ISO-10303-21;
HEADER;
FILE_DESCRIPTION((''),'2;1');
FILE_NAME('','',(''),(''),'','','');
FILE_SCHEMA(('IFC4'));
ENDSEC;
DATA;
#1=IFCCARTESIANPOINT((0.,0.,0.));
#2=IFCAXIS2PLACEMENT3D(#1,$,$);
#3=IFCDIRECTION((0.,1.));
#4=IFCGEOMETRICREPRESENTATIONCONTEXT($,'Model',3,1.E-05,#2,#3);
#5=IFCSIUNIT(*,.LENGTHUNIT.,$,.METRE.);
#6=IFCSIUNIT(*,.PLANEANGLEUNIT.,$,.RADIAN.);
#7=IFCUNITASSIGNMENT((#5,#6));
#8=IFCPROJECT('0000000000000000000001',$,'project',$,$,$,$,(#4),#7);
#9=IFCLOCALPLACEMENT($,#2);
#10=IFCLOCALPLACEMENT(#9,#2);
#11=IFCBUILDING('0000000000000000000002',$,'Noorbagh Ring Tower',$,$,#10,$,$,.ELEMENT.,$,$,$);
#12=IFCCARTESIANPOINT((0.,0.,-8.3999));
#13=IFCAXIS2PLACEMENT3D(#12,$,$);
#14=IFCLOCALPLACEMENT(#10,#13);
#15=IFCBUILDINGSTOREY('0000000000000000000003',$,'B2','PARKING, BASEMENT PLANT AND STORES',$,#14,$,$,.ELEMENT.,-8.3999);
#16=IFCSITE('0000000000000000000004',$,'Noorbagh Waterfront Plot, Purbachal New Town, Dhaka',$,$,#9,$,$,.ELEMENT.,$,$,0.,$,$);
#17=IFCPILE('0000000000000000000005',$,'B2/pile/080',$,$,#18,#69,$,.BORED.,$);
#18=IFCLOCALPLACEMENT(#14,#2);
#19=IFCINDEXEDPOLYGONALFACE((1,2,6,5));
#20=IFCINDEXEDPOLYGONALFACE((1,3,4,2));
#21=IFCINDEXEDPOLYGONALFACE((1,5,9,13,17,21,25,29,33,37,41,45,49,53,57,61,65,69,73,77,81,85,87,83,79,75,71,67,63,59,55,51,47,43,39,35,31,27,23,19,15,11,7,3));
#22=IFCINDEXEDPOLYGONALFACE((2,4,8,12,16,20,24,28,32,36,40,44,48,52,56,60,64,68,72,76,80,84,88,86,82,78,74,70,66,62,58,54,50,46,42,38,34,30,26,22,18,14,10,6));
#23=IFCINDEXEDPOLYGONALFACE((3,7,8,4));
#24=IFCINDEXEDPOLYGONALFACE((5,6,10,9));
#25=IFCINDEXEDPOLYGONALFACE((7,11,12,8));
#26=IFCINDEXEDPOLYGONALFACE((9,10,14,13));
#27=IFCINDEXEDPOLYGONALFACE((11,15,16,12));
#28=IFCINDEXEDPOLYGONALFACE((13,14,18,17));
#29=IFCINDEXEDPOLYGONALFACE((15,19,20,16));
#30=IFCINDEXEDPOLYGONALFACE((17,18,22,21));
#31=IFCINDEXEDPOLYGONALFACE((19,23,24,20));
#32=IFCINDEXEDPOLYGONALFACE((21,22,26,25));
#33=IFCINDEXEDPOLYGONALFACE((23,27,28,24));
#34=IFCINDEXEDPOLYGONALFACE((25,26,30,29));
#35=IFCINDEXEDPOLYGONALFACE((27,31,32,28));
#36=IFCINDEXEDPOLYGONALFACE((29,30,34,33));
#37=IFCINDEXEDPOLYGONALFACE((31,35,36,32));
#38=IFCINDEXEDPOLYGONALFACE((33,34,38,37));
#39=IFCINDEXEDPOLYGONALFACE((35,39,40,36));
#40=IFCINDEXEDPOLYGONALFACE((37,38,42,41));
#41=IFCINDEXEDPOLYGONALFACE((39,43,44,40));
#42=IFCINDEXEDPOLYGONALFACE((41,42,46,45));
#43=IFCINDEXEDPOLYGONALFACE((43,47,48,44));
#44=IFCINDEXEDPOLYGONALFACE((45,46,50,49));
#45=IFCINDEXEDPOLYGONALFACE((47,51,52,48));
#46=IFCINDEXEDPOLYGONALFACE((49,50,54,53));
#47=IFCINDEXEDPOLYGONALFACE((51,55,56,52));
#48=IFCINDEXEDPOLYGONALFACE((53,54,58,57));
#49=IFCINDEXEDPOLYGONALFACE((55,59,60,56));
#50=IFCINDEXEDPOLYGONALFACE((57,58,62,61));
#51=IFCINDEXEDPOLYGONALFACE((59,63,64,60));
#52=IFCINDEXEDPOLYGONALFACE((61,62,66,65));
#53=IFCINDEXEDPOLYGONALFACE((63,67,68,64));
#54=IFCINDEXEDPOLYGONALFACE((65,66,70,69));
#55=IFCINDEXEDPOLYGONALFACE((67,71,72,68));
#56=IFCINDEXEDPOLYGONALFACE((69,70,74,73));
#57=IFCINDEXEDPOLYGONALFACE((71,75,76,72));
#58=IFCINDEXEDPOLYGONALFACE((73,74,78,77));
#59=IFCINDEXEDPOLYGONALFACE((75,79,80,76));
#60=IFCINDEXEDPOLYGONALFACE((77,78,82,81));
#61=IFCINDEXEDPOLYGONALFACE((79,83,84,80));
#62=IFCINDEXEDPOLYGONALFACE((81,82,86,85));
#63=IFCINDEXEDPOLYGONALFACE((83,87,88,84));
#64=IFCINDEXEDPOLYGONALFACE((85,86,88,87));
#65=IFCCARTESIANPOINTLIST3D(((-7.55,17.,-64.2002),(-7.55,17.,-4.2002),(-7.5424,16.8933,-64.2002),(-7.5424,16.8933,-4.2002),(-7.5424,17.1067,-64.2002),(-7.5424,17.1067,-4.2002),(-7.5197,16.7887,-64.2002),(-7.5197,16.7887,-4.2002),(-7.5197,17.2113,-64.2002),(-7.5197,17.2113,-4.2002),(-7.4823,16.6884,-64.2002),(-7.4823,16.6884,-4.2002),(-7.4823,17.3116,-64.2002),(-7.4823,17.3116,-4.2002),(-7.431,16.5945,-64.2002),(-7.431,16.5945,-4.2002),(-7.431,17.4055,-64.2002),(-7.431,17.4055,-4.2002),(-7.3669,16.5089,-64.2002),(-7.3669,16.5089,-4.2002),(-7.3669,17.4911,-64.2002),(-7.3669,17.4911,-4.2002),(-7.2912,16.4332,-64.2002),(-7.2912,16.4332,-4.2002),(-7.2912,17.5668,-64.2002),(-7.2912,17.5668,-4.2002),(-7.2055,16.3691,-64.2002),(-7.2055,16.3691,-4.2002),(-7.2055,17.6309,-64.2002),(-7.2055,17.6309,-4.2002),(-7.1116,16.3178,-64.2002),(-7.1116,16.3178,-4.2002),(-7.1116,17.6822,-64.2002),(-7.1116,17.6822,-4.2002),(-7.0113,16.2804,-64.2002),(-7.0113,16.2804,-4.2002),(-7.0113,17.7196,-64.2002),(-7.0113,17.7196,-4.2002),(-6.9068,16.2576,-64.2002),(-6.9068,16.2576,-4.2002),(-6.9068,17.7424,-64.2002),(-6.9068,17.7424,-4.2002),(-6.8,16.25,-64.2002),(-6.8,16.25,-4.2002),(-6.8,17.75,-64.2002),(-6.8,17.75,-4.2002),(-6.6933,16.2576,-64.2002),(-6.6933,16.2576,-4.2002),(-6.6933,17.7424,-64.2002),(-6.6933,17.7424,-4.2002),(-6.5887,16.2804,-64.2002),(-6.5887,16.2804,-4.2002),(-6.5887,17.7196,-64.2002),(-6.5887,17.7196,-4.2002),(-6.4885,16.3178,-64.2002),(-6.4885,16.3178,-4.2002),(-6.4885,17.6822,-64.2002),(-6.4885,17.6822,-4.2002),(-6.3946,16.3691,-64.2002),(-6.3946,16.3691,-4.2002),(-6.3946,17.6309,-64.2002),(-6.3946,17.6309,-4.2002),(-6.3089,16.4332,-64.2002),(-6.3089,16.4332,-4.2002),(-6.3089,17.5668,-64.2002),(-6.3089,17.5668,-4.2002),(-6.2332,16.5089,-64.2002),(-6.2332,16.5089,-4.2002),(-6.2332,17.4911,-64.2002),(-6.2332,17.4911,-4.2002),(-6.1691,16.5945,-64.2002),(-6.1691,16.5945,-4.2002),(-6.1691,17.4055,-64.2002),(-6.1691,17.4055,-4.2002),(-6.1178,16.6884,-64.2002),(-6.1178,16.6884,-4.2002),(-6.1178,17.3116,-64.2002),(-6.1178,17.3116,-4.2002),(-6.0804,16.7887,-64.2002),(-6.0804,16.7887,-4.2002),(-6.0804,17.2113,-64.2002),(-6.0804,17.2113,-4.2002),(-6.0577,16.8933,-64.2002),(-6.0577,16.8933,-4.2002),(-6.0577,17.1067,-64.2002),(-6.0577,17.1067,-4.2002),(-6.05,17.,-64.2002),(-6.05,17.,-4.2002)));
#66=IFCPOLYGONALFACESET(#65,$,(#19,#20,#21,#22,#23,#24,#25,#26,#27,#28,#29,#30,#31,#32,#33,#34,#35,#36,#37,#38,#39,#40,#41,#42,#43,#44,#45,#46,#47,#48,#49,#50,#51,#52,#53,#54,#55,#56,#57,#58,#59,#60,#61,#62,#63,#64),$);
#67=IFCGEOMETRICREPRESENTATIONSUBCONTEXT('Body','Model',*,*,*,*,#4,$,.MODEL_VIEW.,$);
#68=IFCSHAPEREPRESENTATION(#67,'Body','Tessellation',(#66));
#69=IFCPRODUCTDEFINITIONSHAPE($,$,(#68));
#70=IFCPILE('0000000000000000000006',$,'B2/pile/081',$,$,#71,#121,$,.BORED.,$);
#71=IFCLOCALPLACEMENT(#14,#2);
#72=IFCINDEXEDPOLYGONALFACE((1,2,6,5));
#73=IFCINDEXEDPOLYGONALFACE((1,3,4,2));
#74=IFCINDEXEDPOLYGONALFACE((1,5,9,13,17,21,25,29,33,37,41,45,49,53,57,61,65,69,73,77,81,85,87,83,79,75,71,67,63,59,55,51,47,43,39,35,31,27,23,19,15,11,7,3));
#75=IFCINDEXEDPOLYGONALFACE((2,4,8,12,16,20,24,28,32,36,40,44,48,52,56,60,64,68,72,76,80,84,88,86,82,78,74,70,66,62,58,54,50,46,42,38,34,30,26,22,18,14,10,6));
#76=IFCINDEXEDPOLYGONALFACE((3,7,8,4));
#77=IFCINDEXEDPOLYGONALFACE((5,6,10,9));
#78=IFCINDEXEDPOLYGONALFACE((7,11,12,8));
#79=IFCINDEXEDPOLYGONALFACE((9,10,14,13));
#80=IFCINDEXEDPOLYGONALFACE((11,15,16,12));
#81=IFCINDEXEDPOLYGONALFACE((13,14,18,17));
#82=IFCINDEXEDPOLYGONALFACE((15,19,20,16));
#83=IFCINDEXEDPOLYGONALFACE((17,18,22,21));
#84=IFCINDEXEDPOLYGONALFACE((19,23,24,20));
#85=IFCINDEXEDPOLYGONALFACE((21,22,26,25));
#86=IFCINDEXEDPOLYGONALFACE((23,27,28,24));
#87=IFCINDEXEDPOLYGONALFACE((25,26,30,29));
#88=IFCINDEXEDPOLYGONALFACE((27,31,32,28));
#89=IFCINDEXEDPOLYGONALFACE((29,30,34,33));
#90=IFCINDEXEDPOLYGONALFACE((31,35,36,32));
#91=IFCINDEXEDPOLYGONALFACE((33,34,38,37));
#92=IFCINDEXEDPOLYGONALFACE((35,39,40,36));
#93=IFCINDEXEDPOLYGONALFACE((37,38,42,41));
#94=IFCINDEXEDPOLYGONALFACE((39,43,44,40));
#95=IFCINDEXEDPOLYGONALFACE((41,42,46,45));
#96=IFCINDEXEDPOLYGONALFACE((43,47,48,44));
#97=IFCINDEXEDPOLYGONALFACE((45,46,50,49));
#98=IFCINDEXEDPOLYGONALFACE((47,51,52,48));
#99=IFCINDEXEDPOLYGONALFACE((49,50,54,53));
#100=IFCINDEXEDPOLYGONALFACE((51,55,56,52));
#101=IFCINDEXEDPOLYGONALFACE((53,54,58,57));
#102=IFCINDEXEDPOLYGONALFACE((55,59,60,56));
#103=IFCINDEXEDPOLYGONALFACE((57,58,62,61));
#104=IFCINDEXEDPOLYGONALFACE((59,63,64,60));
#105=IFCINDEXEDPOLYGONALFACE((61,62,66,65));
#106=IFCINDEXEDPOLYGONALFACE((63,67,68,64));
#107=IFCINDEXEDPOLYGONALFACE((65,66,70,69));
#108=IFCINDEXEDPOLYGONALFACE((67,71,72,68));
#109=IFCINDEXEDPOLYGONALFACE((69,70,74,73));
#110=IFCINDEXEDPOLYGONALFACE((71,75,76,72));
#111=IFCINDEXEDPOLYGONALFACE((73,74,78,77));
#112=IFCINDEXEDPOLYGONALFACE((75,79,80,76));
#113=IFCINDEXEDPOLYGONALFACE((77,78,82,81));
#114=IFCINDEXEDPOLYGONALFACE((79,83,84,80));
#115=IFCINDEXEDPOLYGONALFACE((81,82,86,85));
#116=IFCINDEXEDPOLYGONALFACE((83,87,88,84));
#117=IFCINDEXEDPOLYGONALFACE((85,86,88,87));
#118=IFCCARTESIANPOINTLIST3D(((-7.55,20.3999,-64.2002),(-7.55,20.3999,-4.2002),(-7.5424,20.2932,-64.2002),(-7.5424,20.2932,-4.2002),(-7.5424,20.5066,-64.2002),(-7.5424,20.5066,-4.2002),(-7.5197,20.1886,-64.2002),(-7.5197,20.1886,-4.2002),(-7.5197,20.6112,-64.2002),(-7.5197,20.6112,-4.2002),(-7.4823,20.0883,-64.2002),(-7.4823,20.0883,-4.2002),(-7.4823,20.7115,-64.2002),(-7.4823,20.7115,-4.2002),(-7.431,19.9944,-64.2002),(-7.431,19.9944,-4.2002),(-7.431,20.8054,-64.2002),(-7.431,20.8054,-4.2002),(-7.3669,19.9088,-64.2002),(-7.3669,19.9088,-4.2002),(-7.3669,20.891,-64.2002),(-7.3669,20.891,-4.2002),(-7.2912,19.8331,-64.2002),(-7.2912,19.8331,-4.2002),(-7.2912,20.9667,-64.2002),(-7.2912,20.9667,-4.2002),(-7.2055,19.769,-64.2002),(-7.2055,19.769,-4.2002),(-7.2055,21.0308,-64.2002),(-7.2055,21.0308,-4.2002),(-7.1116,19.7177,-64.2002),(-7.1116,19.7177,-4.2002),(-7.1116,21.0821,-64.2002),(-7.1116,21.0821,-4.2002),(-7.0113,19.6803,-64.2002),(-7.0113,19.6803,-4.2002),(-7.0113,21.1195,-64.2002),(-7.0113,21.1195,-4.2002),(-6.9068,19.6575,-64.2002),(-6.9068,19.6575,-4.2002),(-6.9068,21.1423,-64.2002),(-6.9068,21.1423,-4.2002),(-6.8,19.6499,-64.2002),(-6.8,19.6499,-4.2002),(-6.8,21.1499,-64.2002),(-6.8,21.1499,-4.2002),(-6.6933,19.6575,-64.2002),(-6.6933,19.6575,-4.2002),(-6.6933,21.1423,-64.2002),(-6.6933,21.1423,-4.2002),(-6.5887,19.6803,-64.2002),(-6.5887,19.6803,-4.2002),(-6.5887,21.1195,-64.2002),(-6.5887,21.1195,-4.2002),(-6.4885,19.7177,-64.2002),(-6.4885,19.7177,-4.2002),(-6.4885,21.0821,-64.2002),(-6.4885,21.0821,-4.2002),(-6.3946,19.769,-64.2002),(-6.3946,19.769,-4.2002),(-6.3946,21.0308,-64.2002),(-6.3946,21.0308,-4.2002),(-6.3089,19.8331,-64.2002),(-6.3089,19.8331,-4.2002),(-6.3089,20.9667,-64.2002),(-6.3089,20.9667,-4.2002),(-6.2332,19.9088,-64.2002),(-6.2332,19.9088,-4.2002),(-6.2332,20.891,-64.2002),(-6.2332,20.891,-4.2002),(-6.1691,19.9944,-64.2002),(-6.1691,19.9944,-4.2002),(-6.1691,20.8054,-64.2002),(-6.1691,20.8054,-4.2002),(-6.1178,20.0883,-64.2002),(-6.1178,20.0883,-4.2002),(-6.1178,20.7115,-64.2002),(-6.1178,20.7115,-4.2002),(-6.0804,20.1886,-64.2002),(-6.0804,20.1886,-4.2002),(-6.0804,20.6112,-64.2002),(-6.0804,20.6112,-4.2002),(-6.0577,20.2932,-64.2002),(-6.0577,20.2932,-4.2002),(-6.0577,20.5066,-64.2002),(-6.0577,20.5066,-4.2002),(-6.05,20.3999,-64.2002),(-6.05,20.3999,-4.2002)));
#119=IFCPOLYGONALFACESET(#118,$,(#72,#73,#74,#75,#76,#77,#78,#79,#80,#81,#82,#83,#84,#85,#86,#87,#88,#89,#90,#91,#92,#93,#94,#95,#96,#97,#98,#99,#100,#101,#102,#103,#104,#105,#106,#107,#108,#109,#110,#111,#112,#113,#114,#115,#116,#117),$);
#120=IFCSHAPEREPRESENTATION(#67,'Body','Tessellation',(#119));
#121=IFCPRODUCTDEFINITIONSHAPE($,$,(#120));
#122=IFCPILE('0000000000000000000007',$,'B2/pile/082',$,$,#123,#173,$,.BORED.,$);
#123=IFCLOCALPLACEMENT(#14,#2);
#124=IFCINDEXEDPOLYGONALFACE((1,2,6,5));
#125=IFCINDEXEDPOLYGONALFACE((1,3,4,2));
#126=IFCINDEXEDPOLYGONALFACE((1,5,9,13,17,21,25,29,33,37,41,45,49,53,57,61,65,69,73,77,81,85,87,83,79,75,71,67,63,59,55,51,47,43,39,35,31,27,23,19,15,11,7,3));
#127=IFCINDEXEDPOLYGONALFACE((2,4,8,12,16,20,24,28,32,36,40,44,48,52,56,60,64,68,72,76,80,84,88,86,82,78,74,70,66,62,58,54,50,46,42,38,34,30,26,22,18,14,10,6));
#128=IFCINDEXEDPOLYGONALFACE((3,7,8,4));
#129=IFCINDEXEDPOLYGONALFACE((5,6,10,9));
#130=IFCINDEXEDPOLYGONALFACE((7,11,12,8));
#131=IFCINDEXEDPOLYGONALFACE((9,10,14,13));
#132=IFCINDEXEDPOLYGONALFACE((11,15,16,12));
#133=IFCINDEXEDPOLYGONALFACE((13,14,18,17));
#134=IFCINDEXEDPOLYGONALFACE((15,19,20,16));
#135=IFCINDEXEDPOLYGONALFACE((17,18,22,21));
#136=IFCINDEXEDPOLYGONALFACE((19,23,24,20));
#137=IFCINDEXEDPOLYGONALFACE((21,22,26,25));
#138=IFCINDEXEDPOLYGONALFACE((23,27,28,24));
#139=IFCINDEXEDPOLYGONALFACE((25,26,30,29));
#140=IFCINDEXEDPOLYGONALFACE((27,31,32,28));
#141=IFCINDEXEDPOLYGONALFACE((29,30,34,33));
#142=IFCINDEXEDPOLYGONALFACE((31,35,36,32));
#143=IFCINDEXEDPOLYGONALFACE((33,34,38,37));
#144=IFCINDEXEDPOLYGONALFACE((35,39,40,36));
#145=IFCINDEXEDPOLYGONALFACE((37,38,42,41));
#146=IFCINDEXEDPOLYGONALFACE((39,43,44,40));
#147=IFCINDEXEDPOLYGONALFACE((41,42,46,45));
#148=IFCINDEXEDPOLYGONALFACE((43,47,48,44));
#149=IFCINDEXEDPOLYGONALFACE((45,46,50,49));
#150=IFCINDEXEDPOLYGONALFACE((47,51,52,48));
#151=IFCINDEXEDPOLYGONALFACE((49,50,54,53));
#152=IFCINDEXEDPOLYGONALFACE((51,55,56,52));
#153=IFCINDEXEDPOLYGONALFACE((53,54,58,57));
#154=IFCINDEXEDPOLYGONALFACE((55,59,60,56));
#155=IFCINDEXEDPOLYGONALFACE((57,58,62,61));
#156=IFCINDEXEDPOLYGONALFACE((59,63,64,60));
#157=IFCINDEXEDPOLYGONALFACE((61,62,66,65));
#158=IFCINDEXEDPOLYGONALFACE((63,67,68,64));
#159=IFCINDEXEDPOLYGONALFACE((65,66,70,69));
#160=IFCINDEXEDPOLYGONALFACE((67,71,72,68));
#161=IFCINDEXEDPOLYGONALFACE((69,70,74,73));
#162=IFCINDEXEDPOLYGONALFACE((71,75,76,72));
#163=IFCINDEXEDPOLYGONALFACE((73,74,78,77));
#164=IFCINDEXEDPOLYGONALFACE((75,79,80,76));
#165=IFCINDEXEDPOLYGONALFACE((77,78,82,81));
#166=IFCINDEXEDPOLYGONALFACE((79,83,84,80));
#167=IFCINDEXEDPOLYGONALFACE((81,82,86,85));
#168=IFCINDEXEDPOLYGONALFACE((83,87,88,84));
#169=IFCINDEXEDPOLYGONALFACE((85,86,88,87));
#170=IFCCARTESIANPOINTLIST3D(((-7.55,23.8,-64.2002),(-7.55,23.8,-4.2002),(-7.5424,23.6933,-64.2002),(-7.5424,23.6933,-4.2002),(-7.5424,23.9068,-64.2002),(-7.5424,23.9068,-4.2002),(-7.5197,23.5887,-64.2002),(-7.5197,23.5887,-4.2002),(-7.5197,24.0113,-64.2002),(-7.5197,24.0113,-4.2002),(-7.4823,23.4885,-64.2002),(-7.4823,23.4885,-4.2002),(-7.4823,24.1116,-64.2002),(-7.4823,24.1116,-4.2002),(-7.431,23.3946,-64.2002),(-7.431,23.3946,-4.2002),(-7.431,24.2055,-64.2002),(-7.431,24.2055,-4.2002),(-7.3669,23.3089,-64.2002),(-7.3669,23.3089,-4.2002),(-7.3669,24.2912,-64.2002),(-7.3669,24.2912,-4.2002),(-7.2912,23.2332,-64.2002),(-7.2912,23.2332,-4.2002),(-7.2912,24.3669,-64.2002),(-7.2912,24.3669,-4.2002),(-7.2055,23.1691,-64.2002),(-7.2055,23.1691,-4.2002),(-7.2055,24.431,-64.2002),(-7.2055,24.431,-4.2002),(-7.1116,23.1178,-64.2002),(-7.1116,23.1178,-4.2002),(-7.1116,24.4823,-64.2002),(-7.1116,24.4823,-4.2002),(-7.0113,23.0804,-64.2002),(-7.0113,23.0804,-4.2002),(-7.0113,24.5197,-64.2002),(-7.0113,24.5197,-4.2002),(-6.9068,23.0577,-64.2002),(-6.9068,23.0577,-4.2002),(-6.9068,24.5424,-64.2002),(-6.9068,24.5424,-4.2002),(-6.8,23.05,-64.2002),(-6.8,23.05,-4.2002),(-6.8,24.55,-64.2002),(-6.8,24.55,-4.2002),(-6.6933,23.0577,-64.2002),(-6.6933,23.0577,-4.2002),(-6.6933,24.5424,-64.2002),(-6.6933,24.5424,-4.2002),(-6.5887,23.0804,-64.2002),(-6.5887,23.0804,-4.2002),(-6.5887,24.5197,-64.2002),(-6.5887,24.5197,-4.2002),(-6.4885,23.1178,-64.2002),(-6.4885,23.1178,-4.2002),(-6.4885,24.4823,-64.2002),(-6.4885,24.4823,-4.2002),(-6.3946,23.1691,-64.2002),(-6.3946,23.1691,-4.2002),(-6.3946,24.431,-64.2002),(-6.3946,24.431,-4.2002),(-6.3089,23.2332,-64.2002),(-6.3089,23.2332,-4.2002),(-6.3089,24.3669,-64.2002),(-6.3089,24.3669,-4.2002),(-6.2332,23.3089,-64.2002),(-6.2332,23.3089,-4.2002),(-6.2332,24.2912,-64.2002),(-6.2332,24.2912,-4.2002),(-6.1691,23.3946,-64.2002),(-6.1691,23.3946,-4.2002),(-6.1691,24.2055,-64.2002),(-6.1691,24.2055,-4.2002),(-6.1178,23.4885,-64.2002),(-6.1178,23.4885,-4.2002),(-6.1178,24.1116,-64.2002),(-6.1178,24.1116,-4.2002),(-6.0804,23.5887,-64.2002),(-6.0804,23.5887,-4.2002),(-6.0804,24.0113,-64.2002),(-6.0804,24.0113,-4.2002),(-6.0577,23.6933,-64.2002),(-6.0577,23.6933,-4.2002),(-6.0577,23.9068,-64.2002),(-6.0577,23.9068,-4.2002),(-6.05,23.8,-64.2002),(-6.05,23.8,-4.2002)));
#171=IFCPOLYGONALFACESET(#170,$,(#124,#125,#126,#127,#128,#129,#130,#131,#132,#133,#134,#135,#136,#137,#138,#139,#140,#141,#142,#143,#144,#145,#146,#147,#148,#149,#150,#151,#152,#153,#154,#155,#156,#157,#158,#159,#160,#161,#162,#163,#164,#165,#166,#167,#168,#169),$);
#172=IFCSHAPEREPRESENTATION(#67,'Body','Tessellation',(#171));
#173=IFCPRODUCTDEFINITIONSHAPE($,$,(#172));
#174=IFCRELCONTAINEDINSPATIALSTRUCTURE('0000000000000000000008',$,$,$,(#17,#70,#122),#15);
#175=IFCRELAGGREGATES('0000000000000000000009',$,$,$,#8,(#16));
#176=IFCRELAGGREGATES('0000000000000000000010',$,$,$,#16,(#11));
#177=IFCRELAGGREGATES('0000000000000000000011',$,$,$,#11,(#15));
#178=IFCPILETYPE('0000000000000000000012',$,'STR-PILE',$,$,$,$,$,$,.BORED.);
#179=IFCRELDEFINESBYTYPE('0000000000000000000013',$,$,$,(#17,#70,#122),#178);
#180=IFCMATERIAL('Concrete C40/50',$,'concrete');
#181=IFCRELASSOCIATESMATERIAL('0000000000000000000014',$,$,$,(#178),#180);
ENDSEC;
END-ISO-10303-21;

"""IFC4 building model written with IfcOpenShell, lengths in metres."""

from ifc_helpers import new_model, si_unit, direction, frame, origin, origin_2d, place, context, subcontext, project, spatial, circle, extrude, material, material_profile, profile_set, type_object, element, save


model = new_model("IFC4")

# Units and contexts
model_context = context("Model", 3, precision=1e-05, world=origin(), true_north=direction((0.0, 1.0)))
body_context = subcontext(model_context, "Body", "Model", "MODEL_VIEW")
ifc_project = project(units=[si_unit("LENGTHUNIT", "METRE"), si_unit("PLANEANGLEUNIT", "RADIAN")], contexts=[model_context])

# Site, building, storey
site_placement = place(None, origin())
site = spatial("IfcSite", under=ifc_project, at=site_placement, Name="Noorbagh Waterfront Plot, Purbachal New Town, Dhaka", CompositionType="ELEMENT", RefElevation=0.0)
building_placement = place(site_placement, origin())
building = spatial("IfcBuilding", under=site, at=building_placement, Name="Noorbagh Ring Tower", CompositionType="ELEMENT")
storey_placement = place(building_placement, frame((0.0, 0.0, -8.3999)))
storey = spatial("IfcBuildingStorey", under=building, at=storey_placement, Name="B2", Description="PARKING, BASEMENT PLANT AND STORES", CompositionType="ELEMENT", Elevation=-8.3999)

# Piles
ifc_material_1 = material(Name="Concrete C40/50", Category="concrete")
ifc_material_profile_1 = material_profile(ifc_material_1, circle(Radius=0.75, at=origin_2d()), Name="PILE1500")
ifc_profile_set_1 = profile_set([ifc_material_profile_1], Name="Concrete C40/50")
pile_type = type_object("IfcPileType", Name="STR-PILE", PredefinedType="BORED", material=ifc_profile_set_1)
for number, where, z_axis, x_axis, name in (
    (1, (-6.8, 17.0, -4.2002), (0.0, 0.0, -1.0), (1.0, 0.0, 0.0), "B2/pile/080"),
    (2, (-6.8, 20.3999, -4.2002), (0.0, 0.0, -1.0), (1.0, 0.0, 0.0), "B2/pile/081"),
    (3, (-6.8, 23.8, -4.2002), (0.0, 0.0, -1.0), (1.0, 0.0, 0.0), "B2/pile/082"),
):
    element("IfcPile", number, at=place(storey_placement, frame(where, z_axis=z_axis, x_axis=x_axis)), inside=storey, type_object=pile_type, Name=name, PredefinedType="BORED", context=body_context, shape_type="SweptSolid", body=[
        extrude(circle(Radius=0.75, at=origin_2d()), origin(), (0.0, 0.0, 1.0), 60.0),
    ])

save(model, "model.ifc")
